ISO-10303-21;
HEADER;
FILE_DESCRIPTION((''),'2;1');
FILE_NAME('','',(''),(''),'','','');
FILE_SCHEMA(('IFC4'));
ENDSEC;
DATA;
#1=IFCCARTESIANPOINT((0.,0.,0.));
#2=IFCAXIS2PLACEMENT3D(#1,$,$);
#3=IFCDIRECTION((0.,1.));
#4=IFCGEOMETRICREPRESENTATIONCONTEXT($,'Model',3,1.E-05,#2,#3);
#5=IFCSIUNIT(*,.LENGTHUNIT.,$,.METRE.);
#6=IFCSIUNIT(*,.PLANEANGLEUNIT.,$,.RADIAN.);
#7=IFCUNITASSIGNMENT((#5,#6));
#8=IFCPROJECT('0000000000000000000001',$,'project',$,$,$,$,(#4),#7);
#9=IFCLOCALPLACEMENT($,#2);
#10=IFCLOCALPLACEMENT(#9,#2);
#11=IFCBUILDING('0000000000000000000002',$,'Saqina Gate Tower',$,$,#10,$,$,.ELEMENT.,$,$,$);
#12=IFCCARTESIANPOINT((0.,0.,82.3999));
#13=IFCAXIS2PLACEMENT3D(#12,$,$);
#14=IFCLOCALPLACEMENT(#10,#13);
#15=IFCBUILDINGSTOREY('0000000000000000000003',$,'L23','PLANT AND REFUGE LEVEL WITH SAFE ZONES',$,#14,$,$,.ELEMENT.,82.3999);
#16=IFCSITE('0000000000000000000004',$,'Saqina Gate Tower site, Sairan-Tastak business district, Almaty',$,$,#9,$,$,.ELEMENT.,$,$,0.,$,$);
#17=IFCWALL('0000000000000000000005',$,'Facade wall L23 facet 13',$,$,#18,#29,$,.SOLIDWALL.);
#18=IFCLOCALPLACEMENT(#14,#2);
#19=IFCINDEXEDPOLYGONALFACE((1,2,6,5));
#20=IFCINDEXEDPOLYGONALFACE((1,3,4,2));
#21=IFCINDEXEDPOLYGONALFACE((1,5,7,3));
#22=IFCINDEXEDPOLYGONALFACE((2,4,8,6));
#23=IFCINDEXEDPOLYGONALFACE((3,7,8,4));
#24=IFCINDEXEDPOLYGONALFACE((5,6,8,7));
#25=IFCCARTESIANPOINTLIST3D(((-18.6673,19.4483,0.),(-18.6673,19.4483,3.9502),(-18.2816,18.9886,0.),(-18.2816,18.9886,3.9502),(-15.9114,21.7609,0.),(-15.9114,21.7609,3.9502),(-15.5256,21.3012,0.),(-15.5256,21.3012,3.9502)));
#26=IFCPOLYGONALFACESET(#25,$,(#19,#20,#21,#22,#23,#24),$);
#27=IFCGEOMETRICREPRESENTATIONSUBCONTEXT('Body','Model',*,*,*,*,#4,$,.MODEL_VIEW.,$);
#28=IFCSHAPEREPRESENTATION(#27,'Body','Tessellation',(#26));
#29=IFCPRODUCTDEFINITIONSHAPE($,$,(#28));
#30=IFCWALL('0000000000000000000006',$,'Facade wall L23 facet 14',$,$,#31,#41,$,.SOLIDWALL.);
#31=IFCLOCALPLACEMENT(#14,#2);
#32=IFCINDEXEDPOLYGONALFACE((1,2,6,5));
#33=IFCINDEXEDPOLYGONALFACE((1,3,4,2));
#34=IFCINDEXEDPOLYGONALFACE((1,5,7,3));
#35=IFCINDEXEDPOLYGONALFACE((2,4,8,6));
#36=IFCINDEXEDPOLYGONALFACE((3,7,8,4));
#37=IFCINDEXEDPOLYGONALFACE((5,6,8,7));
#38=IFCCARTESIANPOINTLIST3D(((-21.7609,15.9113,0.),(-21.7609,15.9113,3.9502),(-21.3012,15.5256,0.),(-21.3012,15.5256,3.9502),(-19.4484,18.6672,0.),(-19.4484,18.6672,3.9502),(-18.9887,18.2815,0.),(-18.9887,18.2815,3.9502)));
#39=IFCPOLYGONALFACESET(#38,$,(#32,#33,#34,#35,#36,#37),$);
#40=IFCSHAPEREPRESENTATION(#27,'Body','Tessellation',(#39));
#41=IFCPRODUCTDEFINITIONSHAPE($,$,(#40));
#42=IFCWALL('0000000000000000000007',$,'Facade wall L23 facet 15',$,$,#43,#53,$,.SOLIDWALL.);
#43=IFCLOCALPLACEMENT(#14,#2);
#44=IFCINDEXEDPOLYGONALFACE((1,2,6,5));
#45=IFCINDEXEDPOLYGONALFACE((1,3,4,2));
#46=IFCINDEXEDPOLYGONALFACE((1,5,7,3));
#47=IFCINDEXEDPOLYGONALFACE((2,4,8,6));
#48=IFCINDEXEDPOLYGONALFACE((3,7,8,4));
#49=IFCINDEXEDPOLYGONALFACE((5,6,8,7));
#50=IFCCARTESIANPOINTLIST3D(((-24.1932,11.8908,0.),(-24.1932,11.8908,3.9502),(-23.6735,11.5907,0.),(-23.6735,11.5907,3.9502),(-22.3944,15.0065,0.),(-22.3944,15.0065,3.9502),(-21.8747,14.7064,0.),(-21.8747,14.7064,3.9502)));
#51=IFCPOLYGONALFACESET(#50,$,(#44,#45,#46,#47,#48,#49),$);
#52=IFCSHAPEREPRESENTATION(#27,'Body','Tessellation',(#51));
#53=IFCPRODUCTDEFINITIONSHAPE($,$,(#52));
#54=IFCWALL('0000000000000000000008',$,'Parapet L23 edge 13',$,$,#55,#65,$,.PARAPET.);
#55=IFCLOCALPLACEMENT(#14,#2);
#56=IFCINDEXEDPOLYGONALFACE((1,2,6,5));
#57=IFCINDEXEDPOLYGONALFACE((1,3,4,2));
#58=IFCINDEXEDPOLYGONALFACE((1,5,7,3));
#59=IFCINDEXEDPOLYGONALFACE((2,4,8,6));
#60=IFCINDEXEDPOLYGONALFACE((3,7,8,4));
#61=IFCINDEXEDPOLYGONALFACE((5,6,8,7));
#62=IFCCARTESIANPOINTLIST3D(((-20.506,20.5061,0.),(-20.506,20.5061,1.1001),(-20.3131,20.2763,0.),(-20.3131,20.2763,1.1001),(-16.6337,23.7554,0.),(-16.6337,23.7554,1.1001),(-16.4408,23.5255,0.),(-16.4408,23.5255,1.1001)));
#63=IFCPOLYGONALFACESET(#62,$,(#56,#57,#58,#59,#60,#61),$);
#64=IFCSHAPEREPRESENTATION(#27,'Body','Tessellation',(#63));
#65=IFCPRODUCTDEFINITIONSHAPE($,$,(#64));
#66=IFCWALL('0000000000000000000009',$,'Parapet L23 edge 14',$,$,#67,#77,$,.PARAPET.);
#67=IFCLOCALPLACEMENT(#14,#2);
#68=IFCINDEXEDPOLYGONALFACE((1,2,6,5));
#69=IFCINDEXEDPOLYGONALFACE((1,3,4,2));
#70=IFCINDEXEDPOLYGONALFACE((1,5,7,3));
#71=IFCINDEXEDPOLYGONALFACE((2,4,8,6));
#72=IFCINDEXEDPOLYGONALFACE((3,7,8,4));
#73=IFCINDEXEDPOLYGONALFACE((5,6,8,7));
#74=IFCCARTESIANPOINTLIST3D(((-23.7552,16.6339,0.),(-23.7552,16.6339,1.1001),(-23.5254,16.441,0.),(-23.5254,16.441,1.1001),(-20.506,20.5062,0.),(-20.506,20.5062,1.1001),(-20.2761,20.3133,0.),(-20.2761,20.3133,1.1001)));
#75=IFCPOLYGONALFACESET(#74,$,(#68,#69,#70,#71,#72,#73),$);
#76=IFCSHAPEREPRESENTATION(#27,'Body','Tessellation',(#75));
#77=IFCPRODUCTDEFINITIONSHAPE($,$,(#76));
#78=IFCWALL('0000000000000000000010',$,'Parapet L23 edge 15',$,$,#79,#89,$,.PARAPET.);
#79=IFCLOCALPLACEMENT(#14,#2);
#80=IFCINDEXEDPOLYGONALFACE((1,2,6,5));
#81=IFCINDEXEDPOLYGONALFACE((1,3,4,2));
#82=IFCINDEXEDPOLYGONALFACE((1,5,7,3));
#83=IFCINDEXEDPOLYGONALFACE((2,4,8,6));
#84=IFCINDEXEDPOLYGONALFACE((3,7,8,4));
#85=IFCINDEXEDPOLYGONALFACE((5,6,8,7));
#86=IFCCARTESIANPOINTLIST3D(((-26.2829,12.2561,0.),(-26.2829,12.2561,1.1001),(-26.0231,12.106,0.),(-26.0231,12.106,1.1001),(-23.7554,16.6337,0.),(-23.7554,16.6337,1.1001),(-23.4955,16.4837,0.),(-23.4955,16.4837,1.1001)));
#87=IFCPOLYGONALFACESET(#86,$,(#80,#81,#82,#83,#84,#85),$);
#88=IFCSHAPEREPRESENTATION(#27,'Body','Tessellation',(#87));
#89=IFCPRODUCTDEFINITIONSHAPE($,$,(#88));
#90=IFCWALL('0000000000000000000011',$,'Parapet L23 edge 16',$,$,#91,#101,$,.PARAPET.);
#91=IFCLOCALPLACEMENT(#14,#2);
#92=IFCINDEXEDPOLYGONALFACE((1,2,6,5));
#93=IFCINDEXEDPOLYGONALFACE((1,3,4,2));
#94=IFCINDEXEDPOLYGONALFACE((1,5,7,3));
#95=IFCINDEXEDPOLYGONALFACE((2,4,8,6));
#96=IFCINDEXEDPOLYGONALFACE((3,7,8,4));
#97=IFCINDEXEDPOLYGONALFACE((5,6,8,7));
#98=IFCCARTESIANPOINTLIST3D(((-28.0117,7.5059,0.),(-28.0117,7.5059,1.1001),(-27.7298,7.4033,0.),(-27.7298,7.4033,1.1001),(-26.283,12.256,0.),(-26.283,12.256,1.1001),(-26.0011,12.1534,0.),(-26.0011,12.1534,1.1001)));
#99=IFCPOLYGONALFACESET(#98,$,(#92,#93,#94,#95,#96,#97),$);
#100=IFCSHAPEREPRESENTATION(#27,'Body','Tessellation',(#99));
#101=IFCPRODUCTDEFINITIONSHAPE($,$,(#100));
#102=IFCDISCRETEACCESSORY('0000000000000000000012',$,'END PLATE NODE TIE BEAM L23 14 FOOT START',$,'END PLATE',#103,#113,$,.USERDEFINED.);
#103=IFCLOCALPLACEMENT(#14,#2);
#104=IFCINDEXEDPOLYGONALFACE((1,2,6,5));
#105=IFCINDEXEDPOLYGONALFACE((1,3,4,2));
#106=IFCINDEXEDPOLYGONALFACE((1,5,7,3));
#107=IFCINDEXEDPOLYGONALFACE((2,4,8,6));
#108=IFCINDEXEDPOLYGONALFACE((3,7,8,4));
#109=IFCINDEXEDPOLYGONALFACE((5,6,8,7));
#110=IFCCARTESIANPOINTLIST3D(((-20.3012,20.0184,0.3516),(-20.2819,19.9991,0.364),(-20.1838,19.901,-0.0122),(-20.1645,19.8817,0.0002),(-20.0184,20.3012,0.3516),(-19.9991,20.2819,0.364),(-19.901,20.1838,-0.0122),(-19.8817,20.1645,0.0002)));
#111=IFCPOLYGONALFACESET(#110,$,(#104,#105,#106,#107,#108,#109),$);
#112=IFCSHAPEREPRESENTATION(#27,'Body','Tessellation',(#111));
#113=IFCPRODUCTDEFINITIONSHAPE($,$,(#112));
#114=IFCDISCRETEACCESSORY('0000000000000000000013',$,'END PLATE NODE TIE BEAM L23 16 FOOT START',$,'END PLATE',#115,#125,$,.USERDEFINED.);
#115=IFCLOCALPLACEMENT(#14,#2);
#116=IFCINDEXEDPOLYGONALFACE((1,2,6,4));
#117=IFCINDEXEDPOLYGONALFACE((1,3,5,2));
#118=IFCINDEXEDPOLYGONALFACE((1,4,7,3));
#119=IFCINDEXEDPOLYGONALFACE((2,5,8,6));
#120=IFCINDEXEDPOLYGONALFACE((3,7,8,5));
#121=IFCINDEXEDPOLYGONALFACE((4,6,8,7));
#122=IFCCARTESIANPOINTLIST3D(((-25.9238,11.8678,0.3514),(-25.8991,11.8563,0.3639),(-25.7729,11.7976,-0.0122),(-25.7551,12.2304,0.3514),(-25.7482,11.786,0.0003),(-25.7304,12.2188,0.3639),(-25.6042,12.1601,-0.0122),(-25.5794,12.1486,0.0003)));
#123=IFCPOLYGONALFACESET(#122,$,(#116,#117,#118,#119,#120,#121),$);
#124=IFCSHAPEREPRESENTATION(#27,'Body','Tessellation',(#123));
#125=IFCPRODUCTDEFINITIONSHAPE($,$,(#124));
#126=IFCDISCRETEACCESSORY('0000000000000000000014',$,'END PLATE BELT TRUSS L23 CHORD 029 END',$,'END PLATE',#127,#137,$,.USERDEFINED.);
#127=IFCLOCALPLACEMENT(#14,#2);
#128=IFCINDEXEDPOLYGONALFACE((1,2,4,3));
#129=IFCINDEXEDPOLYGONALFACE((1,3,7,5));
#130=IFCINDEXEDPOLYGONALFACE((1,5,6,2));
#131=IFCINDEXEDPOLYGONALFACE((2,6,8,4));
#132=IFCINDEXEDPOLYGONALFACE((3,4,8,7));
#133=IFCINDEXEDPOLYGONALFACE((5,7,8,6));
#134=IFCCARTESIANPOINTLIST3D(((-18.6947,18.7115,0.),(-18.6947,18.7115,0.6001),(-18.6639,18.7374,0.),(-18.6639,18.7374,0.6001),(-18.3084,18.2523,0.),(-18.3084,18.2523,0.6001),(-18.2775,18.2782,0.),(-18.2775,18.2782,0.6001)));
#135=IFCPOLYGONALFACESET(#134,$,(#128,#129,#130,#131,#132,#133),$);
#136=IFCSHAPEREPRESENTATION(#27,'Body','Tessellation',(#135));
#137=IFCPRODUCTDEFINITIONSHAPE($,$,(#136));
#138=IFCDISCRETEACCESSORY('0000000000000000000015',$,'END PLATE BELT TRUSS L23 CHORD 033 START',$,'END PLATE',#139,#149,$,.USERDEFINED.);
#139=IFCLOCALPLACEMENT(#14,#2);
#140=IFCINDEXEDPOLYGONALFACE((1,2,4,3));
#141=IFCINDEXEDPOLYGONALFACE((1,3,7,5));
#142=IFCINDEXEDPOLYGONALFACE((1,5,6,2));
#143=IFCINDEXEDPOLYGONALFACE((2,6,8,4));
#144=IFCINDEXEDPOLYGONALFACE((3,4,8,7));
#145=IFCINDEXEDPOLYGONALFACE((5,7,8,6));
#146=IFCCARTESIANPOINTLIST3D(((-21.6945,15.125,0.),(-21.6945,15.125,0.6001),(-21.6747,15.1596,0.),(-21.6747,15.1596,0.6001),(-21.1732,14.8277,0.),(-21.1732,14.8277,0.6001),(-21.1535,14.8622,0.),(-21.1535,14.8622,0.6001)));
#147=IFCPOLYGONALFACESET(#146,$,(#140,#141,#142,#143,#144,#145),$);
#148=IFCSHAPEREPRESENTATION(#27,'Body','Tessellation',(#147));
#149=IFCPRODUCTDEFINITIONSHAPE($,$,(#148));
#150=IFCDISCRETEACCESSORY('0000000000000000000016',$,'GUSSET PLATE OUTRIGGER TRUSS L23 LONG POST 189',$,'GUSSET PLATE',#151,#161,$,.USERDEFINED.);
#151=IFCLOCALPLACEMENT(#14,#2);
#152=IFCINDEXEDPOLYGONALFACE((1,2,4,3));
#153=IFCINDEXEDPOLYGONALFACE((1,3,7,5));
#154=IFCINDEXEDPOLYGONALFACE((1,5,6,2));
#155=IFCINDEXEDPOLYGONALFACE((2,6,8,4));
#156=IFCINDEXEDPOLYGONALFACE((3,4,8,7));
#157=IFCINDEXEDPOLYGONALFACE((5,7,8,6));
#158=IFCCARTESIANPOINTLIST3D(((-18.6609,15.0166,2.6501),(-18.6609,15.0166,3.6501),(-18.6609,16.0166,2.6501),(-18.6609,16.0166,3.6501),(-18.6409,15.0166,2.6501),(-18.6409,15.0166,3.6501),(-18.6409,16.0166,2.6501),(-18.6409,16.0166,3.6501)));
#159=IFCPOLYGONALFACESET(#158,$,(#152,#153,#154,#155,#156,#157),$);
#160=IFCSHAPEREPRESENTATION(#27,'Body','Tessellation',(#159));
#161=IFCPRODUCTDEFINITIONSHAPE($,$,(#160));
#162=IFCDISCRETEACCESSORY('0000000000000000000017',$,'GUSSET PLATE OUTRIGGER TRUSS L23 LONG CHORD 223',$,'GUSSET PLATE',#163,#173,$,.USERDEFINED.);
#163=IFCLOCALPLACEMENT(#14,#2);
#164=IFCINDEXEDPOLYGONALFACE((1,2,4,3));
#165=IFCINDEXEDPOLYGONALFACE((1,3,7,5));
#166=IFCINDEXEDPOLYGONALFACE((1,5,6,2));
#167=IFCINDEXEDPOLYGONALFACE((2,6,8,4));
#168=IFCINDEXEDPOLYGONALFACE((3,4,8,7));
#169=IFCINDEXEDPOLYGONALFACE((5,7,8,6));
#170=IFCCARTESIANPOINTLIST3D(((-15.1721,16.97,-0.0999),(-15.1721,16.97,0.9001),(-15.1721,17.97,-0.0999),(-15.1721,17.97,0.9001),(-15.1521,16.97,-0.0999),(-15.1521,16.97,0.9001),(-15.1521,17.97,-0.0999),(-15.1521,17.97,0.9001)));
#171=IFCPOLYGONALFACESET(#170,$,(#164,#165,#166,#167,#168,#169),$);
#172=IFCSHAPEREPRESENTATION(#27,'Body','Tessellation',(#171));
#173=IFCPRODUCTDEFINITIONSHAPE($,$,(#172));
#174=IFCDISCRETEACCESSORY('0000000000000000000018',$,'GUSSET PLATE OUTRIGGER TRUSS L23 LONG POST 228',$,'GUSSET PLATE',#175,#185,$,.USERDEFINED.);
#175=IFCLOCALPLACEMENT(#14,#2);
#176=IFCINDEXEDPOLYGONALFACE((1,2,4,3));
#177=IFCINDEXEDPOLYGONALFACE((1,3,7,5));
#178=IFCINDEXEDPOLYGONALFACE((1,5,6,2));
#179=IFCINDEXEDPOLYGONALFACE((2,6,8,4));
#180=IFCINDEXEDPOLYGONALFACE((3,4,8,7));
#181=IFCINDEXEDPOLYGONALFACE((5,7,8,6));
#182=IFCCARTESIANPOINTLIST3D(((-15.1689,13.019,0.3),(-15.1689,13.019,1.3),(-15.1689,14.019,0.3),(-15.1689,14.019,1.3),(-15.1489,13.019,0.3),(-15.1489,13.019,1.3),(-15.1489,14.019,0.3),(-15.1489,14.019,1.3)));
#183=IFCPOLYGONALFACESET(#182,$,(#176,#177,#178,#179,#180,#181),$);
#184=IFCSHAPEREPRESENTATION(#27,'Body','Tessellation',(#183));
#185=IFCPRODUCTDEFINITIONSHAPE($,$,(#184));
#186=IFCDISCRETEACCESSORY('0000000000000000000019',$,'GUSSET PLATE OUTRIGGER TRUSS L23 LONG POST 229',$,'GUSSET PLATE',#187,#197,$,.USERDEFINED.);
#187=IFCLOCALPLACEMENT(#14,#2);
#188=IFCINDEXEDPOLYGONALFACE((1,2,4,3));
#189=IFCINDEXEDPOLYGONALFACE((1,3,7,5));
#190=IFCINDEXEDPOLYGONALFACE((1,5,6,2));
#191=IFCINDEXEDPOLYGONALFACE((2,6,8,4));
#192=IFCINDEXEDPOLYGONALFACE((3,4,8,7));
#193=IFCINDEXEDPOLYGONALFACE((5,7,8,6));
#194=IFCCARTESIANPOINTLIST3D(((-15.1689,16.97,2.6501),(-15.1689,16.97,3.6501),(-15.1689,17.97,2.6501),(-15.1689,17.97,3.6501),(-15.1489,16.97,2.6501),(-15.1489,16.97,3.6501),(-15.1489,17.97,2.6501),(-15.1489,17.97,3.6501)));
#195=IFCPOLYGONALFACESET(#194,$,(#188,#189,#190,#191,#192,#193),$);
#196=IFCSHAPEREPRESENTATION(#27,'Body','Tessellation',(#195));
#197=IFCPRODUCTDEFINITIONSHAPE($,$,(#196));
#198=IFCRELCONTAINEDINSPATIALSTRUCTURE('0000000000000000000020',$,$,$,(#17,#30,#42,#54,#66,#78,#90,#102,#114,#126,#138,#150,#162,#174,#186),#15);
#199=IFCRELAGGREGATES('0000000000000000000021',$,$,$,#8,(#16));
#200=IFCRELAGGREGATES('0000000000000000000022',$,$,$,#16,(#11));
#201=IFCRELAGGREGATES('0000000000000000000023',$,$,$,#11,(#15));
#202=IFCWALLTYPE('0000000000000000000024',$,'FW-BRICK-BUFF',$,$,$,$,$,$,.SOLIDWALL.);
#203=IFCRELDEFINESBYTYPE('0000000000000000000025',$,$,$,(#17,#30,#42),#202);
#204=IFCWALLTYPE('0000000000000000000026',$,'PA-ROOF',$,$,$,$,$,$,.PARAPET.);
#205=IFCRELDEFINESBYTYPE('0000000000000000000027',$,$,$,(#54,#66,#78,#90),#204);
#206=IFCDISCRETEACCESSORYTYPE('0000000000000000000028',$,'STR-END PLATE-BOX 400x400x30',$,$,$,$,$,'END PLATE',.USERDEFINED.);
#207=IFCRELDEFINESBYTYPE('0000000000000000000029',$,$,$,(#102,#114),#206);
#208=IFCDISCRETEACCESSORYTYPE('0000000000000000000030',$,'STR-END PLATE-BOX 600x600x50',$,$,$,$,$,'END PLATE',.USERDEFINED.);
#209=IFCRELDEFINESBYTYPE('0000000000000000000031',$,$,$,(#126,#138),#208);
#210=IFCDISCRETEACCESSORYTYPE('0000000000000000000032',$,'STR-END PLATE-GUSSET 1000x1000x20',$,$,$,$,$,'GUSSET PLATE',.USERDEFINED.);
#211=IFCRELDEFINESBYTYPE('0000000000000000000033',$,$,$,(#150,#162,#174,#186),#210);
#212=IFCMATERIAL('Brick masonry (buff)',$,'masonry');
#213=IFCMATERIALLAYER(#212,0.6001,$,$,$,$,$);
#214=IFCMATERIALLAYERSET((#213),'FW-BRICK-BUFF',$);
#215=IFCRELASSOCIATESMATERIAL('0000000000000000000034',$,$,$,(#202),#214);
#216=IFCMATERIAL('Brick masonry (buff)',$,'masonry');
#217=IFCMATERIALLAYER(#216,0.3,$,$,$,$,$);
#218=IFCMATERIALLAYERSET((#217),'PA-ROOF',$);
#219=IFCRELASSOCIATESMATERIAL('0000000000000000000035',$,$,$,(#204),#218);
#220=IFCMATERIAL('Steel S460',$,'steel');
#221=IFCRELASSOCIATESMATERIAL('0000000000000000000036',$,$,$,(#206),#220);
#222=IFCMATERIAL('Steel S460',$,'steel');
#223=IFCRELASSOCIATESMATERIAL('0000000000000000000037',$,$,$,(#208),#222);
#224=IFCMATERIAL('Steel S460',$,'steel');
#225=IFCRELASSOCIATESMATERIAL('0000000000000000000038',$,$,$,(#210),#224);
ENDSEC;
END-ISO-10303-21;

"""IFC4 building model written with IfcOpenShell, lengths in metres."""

from ifc_helpers import new_model, si_unit, direction, frame, frame_2d, origin, origin_2d, place, context, subcontext, project, spatial, rectangle, extrude, material, layer, layer_set, material_profile, profile_set, type_object, element, save


model = new_model("IFC4")

# Units and contexts
model_context = context("Model", 3, precision=1e-05, world=origin(), true_north=direction((0.0, 1.0)))
body_context = subcontext(model_context, "Body", "Model", "MODEL_VIEW")
ifc_project = project(units=[si_unit("LENGTHUNIT", "METRE"), si_unit("PLANEANGLEUNIT", "RADIAN")], contexts=[model_context])

# Site, building, storey
site_placement = place(None, origin())
site = spatial("IfcSite", under=ifc_project, at=site_placement, Name="Saqina Gate Tower site, Sairan-Tastak business district, Almaty", CompositionType="ELEMENT", RefElevation=0.0)
building_placement = place(site_placement, origin())
building = spatial("IfcBuilding", under=site, at=building_placement, Name="Saqina Gate Tower", CompositionType="ELEMENT")
storey_placement = place(building_placement, frame((0.0, 0.0, 82.3999)))
storey = spatial("IfcBuildingStorey", under=building, at=storey_placement, Name="L23", Description="PLANT AND REFUGE LEVEL WITH SAFE ZONES", CompositionType="ELEMENT", Elevation=82.3999)

# Walls
ifc_material_1 = material(Name="Brick masonry (buff)", Category="masonry")
ifc_layer_1 = layer(ifc_material_1, 0.6001)
ifc_layer_set_1 = layer_set([ifc_layer_1], Name="FW-BRICK-BUFF")
wall_type_1 = type_object("IfcWallType", Name="FW-BRICK-BUFF", PredefinedType="SOLIDWALL", material=ifc_layer_set_1)
for number, where, z_axis, x_axis, name in (
    (1, (-15.7185, 21.531, 0.0), (0.0, 0.0, 1.0), (-0.766036, -0.642797, 0.0), "Facade wall L23 facet 13"),
    (2, (-19.2185, 18.4744, 0.0), (0.0, 0.0, 1.0), (-0.642797, -0.766036, 0.0), "Facade wall L23 facet 14"),
    (3, (-22.1345, 14.8564, 0.0), (0.0, 0.0, 1.0), (-0.499993, -0.86603, 0.0), "Facade wall L23 facet 15"),
):
    element("IfcWall", number, at=place(storey_placement, frame(where, z_axis=z_axis, x_axis=x_axis)), inside=storey, type_object=wall_type_1, Name=name, PredefinedType="SOLIDWALL", context=body_context, shape_type="SweptSolid", body=[
        extrude(rectangle(XDim=3.5977, YDim=0.6001, at=frame_2d((1.7988, 0.0))), origin(), (0.0, 0.0, 1.0), 3.9502),
    ])
ifc_material_2 = material(Name="Brick masonry (buff)", Category="masonry")
ifc_layer_2 = layer(ifc_material_2, 0.3)
ifc_layer_set_2 = layer_set([ifc_layer_2], Name="PA-ROOF")
wall_type_2 = type_object("IfcWallType", Name="PA-ROOF", PredefinedType="PARAPET", material=ifc_layer_set_2)
for number, where, z_axis, x_axis, name in (
    (4, (-16.5374, 23.6404, 0.0), (0.0, 0.0, 1.0), (-0.766043, -0.642789, 0.0), "Parapet L23 edge 13"),
    (5, (-20.3911, 20.4097, 0.0), (0.0, 0.0, 1.0), (-0.642789, -0.766043, 0.0), "Parapet L23 edge 14"),
    (6, (-23.6255, 16.5586, 0.0), (0.0, 0.0, 1.0), (-0.500019, -0.866014, 0.0), "Parapet L23 edge 15"),
    (7, (-26.1421, 12.2046, 0.0), (0.0, 0.0, 1.0), (-0.341987, -0.939705, 0.0), "Parapet L23 edge 16"),
):
    element("IfcWall", number, at=place(storey_placement, frame(where, z_axis=z_axis, x_axis=x_axis)), inside=storey, type_object=wall_type_2, Name=name, PredefinedType="PARAPET", context=body_context, shape_type="SweptSolid", body=[
        extrude(rectangle(XDim=5.0549, YDim=0.3, at=frame_2d((2.5273, 0.0))), origin(), (0.0, 0.0, 1.0), 1.1001),
    ])

# Discrete accessories
ifc_material_3 = material(Name="Steel S460", Category="steel")
ifc_material_profile_1 = material_profile(ifc_material_3, rectangle(XDim=0.3999, YDim=0.3999, at=origin_2d()), Name="STR-END PLATE-BOX 400x400x30")
ifc_profile_set_1 = profile_set([ifc_material_profile_1], Name="Steel S460")
discrete_accessory_type_1 = type_object("IfcDiscreteAccessoryType", Name="STR-END PLATE-BOX 400x400x30", ElementType="END PLATE", PredefinedType="USERDEFINED", material=ifc_profile_set_1)
for number, where, z_axis, x_axis, name in (
    (8, (-20.0818, 20.0818, 0.1821), (-0.643255, 0.643255, -0.415266), (0.707107, 0.707107, 0.0), "END PLATE NODE TIE BEAM L23 14 FOOT START"),
    (9, (-25.7393, 12.0024, 0.1821), (-0.824359, 0.383613, -0.416261), (0.421905, 0.90664, -0.000007), "END PLATE NODE TIE BEAM L23 16 FOOT START"),
):
    element("IfcDiscreteAccessory", number, at=place(storey_placement, frame(where, z_axis=z_axis, x_axis=x_axis)), inside=storey, type_object=discrete_accessory_type_1, Name=name, ObjectType="END PLATE", PredefinedType="USERDEFINED", context=body_context, shape_type="SweptSolid", body=[
        extrude(rectangle(XDim=0.3999, YDim=0.3999, at=origin_2d()), origin(), (0.0, 0.0, 1.0), 0.03),
    ])
ifc_material_4 = material(Name="Steel S460", Category="steel")
ifc_material_profile_2 = material_profile(ifc_material_4, rectangle(XDim=0.6001, YDim=0.6001, at=origin_2d()), Name="STR-END PLATE-BOX 600x600x50")
ifc_profile_set_2 = profile_set([ifc_material_profile_2], Name="Steel S460")
discrete_accessory_type_2 = type_object("IfcDiscreteAccessoryType", Name="STR-END PLATE-BOX 600x600x50", ElementType="END PLATE", PredefinedType="USERDEFINED", material=ifc_profile_set_2)
discrete_accessory_1_placement = place(storey_placement, frame((-18.4707, 18.5078, 0.3), z_axis=(-0.765226, -0.643762, 0.0), x_axis=(0.643762, -0.765226, 0.0)))
element("IfcDiscreteAccessory", 10, at=discrete_accessory_1_placement, inside=storey, type_object=discrete_accessory_type_2, Name="END PLATE BELT TRUSS L23 CHORD 029 END", ObjectType="END PLATE", PredefinedType="USERDEFINED", context=body_context, shape_type="SweptSolid", body=[
    extrude(rectangle(XDim=0.6001, YDim=0.6001, at=origin_2d()), origin(), (0.0, 0.0, 1.0), 0.0403),
])
discrete_accessory_2_placement = place(storey_placement, frame((-21.4338, 14.9763, 0.3), z_axis=(0.49548, 0.868619, 0.0), x_axis=(0.868619, -0.49548, 0.0)))
element("IfcDiscreteAccessory", 11, at=discrete_accessory_2_placement, inside=storey, type_object=discrete_accessory_type_2, Name="END PLATE BELT TRUSS L23 CHORD 033 START", ObjectType="END PLATE", PredefinedType="USERDEFINED", context=body_context, shape_type="SweptSolid", body=[
    extrude(rectangle(XDim=0.6001, YDim=0.6001, at=origin_2d()), origin(), (0.0, 0.0, 1.0), 0.0398),
])
ifc_material_5 = material(Name="Steel S460", Category="steel")
ifc_material_profile_3 = material_profile(ifc_material_5, rectangle(XDim=1.0, YDim=1.0, at=origin_2d()), Name="STR-END PLATE-GUSSET 1000x1000x20")
ifc_profile_set_3 = profile_set([ifc_material_profile_3], Name="Steel S460")
discrete_accessory_type_3 = type_object("IfcDiscreteAccessoryType", Name="STR-END PLATE-GUSSET 1000x1000x20", ElementType="GUSSET PLATE", PredefinedType="USERDEFINED", material=ifc_profile_set_3)
for number, where, z_axis, x_axis, name in (
    (12, (-18.6409, 15.5166, 3.1501), (-1.0, 0.0, 0.0), (0.0, -1.0, 0.0), "GUSSET PLATE OUTRIGGER TRUSS L23 LONG POST 189"),
    (13, (-15.1521, 17.47, 0.4001), (-1.0, 0.0, 0.0), (0.0, -1.0, 0.0), "GUSSET PLATE OUTRIGGER TRUSS L23 LONG CHORD 223"),
    (14, (-15.1489, 13.519, 0.8), (-1.0, 0.0, 0.0), (0.0, -1.0, 0.0), "GUSSET PLATE OUTRIGGER TRUSS L23 LONG POST 228"),
    (15, (-15.1489, 17.47, 3.1501), (-1.0, 0.0, 0.0), (0.0, -1.0, 0.0), "GUSSET PLATE OUTRIGGER TRUSS L23 LONG POST 229"),
):
    element("IfcDiscreteAccessory", number, at=place(storey_placement, frame(where, z_axis=z_axis, x_axis=x_axis)), inside=storey, type_object=discrete_accessory_type_3, Name=name, ObjectType="GUSSET PLATE", PredefinedType="USERDEFINED", context=body_context, shape_type="SweptSolid", body=[
        extrude(rectangle(XDim=1.0, YDim=1.0, at=origin_2d()), origin(), (0.0, 0.0, 1.0), 0.02),
    ])

save(model, "model.ifc")
